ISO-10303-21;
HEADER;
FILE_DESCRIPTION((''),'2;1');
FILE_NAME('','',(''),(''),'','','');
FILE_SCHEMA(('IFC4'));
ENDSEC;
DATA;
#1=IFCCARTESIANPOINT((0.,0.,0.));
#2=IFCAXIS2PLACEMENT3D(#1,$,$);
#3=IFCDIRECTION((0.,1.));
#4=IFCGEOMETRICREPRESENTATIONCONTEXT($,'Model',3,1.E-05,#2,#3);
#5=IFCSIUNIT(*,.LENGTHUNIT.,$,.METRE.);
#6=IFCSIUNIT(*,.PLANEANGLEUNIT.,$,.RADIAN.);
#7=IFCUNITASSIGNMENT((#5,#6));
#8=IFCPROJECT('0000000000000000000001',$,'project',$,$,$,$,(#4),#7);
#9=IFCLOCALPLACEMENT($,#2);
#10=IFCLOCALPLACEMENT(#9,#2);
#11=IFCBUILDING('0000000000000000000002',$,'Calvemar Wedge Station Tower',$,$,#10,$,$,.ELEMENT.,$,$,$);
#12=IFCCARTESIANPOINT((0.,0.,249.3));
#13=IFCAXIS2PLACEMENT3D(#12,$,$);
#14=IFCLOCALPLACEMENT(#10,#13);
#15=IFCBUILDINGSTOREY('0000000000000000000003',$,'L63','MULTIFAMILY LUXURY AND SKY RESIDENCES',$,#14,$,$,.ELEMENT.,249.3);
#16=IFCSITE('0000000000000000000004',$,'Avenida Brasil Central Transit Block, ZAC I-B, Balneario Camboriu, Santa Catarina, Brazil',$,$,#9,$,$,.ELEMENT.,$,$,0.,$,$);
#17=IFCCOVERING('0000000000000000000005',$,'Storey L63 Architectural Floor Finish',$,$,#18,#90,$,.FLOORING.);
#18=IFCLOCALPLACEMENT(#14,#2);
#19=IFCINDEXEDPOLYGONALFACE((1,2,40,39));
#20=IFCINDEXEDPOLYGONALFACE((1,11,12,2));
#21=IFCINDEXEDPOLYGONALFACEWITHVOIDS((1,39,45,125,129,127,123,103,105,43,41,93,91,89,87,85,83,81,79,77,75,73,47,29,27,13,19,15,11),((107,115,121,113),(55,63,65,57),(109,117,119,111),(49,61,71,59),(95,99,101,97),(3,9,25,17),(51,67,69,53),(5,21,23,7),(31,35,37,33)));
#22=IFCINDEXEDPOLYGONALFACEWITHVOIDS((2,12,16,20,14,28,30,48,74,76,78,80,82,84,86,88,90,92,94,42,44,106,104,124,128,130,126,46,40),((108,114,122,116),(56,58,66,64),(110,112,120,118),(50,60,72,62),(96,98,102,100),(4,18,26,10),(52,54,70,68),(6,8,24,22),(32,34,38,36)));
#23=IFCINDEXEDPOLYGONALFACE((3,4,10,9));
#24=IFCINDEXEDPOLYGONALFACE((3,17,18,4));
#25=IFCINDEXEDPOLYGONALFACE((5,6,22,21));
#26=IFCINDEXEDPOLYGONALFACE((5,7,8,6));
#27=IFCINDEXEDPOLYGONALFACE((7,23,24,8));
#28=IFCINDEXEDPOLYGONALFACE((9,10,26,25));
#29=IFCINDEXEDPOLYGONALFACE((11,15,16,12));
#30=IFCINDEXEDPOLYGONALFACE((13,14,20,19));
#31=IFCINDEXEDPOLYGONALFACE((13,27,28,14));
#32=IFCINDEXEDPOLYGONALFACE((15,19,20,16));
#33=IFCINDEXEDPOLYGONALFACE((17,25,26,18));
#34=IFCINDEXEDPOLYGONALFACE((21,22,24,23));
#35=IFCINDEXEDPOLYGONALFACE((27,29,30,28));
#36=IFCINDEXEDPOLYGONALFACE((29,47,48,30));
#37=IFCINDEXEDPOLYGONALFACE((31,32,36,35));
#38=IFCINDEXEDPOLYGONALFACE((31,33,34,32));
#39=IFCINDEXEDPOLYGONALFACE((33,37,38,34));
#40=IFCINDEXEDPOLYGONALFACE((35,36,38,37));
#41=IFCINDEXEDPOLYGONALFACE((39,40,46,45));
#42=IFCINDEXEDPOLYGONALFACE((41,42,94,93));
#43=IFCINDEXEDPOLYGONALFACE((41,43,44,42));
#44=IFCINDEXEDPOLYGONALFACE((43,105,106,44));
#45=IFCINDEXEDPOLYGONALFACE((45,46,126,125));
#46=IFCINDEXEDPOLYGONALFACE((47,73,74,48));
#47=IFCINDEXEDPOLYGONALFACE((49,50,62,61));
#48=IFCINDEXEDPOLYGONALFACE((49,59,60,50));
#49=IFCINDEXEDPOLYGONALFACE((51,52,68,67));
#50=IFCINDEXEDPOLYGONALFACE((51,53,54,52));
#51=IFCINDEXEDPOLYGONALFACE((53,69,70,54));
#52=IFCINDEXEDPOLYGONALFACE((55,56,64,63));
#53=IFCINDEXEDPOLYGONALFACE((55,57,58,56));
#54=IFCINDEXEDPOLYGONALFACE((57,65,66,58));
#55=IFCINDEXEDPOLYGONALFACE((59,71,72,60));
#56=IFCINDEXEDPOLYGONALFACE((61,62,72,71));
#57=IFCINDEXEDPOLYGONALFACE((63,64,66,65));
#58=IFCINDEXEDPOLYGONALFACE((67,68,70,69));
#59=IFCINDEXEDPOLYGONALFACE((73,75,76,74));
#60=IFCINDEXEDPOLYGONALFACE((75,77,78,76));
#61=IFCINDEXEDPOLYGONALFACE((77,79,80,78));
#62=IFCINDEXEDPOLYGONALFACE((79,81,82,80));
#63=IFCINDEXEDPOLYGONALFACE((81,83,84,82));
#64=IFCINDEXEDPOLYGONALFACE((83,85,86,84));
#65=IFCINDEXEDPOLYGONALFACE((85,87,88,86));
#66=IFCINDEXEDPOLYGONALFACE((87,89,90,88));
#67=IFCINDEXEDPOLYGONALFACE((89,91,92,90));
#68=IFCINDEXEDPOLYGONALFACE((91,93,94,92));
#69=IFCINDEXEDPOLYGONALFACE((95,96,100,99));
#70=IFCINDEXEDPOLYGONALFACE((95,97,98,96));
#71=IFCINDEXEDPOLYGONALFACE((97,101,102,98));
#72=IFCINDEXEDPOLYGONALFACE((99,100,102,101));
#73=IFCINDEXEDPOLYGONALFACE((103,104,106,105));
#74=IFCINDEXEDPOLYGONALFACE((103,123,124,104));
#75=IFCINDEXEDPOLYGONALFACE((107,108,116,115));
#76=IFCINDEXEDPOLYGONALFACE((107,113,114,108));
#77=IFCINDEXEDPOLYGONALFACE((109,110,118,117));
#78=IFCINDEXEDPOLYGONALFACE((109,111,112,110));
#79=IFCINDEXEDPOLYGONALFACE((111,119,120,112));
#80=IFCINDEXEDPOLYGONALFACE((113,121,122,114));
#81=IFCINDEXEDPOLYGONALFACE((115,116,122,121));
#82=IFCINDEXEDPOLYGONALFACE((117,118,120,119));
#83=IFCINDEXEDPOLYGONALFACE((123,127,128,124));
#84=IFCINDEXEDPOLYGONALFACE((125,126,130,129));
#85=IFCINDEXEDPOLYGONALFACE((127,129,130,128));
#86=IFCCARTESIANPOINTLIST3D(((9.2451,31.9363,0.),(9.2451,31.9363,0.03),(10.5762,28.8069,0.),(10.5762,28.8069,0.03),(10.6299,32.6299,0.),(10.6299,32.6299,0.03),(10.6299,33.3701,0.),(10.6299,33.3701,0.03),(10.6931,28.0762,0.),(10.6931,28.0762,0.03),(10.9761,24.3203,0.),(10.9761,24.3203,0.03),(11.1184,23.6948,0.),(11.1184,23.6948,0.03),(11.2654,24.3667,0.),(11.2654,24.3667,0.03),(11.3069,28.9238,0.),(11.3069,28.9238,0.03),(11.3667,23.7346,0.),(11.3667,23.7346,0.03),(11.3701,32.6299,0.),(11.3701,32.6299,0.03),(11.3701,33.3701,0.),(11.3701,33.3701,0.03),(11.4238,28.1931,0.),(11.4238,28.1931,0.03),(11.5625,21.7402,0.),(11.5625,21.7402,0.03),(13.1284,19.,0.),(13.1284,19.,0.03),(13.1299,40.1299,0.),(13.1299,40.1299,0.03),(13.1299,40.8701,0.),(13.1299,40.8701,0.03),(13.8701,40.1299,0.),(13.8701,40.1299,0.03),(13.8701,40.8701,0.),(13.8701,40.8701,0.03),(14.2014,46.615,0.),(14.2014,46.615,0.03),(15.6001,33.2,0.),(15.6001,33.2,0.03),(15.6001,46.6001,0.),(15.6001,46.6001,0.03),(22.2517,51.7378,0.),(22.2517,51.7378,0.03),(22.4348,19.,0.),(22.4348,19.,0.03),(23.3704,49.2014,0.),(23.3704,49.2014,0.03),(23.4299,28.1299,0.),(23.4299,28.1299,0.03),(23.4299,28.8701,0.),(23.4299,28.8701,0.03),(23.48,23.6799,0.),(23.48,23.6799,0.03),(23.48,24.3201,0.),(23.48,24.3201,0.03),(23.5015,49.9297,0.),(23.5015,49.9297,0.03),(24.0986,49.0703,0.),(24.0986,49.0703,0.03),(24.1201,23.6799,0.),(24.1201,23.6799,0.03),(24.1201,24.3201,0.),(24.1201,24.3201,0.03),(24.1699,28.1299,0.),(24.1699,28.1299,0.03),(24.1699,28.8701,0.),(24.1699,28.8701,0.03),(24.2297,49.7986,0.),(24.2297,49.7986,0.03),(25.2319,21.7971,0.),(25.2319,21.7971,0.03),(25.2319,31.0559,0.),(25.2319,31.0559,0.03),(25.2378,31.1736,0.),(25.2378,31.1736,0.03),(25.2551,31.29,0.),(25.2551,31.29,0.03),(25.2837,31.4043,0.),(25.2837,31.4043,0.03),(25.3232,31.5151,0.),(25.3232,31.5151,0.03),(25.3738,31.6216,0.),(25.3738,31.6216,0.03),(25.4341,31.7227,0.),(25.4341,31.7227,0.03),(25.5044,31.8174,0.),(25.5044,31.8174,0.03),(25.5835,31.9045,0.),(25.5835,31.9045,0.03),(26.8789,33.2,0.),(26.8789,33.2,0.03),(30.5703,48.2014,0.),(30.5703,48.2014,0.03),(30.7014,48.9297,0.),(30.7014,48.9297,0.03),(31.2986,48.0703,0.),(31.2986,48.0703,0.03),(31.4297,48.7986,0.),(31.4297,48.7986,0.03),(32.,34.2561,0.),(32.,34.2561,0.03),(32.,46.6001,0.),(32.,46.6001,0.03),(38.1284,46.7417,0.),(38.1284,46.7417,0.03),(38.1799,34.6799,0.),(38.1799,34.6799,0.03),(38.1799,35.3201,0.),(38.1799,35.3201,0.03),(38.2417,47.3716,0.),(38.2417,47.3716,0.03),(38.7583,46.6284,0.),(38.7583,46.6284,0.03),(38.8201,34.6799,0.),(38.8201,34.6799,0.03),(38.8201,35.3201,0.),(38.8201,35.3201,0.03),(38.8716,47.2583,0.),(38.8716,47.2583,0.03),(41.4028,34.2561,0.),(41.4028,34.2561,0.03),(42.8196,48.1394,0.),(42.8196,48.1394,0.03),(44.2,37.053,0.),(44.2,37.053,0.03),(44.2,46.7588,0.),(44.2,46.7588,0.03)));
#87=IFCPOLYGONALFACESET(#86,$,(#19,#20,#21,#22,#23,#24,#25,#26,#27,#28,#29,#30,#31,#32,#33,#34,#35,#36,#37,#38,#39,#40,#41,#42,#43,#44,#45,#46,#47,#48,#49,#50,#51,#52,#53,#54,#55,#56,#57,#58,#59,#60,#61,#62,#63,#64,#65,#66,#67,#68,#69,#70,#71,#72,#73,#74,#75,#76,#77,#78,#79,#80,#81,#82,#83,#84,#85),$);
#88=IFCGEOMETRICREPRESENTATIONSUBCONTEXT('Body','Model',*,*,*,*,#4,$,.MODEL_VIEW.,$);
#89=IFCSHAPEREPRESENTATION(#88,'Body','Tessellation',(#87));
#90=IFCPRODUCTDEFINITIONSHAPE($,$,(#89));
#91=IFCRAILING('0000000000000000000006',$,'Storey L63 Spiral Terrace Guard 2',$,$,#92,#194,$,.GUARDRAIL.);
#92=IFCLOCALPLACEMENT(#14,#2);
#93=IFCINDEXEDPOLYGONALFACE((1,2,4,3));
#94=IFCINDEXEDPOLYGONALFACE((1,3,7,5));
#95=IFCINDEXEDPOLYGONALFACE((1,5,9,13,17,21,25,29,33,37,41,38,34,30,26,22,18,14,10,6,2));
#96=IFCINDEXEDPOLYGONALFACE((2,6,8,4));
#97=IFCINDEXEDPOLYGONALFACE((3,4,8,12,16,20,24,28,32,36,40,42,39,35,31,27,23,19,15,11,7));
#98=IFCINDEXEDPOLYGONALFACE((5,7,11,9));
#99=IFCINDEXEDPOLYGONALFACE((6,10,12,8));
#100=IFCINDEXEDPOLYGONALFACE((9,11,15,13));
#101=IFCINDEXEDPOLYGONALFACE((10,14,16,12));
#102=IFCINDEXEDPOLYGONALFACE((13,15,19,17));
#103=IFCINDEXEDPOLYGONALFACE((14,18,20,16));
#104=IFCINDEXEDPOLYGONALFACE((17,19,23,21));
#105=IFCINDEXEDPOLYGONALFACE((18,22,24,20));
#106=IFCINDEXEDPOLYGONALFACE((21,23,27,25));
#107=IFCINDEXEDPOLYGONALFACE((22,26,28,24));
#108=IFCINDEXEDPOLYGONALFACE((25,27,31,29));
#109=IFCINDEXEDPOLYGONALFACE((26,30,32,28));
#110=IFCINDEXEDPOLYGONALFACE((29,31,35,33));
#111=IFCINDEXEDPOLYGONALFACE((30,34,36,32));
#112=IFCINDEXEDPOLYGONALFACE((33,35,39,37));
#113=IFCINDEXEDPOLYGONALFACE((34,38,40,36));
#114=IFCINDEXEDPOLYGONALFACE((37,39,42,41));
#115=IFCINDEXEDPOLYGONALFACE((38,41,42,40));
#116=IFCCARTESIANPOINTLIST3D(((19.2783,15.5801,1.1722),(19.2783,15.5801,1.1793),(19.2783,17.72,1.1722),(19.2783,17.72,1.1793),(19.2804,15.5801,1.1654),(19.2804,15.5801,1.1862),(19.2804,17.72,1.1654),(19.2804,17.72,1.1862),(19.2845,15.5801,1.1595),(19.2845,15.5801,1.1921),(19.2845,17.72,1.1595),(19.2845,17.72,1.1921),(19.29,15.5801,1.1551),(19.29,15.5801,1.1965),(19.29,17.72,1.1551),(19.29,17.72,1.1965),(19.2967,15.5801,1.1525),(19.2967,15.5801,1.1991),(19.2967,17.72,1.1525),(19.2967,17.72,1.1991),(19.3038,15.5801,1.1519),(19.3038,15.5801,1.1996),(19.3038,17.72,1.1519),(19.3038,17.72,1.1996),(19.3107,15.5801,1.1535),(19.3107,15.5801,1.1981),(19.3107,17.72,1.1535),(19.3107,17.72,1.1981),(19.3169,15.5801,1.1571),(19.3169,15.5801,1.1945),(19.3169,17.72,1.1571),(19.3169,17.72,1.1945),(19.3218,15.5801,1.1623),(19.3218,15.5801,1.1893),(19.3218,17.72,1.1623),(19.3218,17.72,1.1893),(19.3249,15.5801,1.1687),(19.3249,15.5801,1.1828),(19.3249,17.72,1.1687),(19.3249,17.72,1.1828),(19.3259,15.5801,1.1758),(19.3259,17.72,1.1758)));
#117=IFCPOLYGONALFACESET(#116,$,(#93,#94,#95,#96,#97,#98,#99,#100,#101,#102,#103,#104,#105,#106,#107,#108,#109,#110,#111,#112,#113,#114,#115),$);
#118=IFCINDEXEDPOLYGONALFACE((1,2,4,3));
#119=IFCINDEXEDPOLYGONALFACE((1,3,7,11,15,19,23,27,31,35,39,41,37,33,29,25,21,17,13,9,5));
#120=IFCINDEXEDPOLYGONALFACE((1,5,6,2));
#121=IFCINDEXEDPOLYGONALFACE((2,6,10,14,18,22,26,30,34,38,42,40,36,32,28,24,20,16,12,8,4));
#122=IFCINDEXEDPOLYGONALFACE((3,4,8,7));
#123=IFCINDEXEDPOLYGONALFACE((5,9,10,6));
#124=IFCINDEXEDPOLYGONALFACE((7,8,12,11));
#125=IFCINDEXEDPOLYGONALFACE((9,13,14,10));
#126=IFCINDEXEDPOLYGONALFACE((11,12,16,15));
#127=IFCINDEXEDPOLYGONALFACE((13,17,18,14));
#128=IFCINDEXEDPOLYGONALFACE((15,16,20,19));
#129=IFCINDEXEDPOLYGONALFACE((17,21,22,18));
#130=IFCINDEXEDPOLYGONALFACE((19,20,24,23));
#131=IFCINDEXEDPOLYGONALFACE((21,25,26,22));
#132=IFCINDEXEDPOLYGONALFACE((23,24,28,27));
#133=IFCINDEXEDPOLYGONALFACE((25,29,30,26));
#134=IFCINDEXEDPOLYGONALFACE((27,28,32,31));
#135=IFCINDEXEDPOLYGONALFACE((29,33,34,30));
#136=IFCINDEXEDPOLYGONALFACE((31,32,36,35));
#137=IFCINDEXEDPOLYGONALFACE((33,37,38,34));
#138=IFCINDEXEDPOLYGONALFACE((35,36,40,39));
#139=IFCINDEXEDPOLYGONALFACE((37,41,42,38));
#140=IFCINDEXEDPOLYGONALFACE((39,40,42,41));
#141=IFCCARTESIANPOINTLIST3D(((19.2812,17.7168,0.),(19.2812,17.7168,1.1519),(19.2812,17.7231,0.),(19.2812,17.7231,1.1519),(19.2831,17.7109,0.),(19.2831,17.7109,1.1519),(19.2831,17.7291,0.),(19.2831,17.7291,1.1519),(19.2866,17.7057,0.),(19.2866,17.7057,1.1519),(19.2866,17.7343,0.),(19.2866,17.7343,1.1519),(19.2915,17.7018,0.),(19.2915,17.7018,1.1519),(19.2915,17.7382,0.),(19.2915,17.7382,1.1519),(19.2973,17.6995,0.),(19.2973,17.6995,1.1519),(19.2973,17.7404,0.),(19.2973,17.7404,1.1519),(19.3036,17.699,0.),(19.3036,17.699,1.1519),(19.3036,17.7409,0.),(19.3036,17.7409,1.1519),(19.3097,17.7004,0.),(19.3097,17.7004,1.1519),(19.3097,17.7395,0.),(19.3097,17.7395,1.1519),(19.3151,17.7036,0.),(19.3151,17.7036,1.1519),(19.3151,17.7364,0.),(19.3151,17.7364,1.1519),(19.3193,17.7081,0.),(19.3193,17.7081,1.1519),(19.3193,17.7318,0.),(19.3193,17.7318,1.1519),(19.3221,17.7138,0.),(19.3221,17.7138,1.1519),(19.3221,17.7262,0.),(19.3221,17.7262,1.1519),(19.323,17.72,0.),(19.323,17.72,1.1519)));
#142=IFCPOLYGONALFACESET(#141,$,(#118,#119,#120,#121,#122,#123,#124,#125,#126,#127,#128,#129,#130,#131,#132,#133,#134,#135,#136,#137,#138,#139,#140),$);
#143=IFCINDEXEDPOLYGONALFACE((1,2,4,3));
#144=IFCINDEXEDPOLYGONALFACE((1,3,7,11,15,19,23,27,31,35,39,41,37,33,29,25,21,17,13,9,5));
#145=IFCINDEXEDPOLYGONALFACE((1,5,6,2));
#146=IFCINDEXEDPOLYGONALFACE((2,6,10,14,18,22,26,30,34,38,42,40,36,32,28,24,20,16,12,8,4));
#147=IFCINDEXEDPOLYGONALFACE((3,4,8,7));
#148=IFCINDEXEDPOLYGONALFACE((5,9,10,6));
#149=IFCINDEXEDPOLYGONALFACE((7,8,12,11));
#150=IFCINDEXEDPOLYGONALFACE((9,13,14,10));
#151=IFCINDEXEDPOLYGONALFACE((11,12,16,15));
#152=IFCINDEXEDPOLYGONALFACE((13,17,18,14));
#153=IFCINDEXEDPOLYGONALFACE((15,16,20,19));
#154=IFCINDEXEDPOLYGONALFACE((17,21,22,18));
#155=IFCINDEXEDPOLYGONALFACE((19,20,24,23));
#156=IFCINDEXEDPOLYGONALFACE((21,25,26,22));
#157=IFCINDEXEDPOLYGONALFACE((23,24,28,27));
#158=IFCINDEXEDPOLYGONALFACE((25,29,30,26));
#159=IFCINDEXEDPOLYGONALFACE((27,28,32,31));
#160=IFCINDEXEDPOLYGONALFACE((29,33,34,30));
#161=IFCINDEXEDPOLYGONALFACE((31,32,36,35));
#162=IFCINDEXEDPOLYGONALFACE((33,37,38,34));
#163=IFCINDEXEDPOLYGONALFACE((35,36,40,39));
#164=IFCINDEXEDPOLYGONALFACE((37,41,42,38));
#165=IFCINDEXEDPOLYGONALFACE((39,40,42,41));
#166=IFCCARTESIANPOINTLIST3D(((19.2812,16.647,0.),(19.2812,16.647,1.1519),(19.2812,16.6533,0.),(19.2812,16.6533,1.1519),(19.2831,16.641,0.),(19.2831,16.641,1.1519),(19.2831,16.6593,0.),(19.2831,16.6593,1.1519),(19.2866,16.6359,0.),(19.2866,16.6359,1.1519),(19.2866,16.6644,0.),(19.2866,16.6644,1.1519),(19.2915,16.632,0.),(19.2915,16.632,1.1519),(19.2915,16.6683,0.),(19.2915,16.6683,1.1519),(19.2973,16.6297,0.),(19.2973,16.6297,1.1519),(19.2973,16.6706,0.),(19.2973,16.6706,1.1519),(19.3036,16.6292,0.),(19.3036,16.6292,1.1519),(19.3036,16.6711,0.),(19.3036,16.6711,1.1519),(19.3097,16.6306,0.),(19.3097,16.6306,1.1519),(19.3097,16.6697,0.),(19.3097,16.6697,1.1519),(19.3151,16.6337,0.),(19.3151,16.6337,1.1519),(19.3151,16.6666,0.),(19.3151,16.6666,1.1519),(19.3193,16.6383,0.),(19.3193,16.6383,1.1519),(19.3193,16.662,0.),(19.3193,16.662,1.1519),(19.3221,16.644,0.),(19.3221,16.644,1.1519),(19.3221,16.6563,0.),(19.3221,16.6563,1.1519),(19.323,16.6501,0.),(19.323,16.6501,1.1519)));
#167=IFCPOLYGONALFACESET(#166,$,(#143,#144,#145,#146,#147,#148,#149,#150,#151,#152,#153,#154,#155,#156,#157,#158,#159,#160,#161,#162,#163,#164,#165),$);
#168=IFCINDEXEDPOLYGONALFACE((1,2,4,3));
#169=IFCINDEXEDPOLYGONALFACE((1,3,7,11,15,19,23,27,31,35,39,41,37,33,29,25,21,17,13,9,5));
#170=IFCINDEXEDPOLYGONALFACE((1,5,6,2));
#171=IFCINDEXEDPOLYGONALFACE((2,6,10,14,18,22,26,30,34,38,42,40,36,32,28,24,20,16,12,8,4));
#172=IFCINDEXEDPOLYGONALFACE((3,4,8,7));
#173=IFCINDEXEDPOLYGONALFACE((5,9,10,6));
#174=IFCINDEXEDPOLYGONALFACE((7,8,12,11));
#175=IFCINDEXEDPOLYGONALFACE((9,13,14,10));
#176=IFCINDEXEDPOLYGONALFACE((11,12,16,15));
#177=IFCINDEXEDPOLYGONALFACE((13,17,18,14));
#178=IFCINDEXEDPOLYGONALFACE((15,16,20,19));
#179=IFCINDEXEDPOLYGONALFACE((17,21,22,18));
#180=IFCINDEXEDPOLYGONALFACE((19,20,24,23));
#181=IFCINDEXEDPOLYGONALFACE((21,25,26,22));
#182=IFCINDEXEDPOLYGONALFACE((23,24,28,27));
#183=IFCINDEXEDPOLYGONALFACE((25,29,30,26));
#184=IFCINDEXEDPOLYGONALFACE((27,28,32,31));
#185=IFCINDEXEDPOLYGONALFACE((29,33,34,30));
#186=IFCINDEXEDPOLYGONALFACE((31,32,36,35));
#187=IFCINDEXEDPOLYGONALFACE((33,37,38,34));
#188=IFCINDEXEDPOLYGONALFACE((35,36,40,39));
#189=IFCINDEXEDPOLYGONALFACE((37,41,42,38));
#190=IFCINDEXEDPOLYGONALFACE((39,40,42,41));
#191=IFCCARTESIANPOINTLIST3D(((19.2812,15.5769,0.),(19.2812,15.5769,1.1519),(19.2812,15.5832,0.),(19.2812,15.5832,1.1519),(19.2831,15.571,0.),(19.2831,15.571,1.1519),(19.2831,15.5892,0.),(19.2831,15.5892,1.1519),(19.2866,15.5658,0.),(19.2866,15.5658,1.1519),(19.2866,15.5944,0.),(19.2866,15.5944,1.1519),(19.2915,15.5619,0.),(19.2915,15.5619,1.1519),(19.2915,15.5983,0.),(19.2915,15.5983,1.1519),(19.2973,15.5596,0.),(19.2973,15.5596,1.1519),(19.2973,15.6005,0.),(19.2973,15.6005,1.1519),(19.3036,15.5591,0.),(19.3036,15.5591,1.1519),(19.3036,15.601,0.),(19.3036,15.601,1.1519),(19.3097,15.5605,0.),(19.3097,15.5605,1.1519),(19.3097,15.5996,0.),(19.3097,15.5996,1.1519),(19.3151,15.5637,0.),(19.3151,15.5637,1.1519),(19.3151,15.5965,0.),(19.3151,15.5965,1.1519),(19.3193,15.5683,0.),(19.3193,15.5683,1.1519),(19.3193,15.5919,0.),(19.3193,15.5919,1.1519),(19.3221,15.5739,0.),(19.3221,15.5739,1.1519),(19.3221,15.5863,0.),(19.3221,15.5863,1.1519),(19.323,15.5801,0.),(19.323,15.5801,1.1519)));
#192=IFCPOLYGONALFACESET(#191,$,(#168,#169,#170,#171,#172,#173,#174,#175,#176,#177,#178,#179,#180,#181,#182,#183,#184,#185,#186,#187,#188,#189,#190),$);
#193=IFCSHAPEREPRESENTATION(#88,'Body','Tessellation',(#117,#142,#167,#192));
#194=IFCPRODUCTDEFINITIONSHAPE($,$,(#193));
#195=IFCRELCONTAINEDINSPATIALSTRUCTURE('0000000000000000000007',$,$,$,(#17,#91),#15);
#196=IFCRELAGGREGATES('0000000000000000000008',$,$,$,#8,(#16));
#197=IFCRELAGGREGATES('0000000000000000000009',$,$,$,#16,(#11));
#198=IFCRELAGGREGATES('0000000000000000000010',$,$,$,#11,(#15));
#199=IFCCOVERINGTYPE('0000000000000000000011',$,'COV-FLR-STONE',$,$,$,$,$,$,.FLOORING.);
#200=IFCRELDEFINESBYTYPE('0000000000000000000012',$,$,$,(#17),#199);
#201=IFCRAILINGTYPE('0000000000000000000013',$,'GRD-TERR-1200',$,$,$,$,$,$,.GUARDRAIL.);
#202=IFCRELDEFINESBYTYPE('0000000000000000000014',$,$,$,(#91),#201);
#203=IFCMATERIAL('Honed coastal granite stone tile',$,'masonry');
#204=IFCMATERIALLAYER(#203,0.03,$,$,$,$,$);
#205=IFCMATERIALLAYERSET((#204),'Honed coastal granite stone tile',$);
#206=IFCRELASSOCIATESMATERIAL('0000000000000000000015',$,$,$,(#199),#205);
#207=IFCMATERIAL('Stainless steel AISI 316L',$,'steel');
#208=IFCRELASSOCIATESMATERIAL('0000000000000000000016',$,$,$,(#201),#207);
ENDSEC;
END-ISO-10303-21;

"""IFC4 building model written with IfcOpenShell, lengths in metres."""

from ifc_helpers import new_model, si_unit, direction, frame, origin, origin_2d, place, context, subcontext, project, spatial, polyline, circle, outline, extrude, material, layer, layer_set, type_object, element, save


model = new_model("IFC4")

# Units and contexts
model_context = context("Model", 3, precision=1e-05, world=origin(), true_north=direction((0.0, 1.0)))
body_context = subcontext(model_context, "Body", "Model", "MODEL_VIEW")
ifc_project = project(units=[si_unit("LENGTHUNIT", "METRE"), si_unit("PLANEANGLEUNIT", "RADIAN")], contexts=[model_context])

# Site, building, storey
site_placement = place(None, origin())
site = spatial("IfcSite", under=ifc_project, at=site_placement, Name="Avenida Brasil Central Transit Block, ZAC I-B, Balneario Camboriu, Santa Catarina, Brazil", CompositionType="ELEMENT", RefElevation=0.0)
building_placement = place(site_placement, origin())
building = spatial("IfcBuilding", under=site, at=building_placement, Name="Calvemar Wedge Station Tower", CompositionType="ELEMENT")
storey_placement = place(building_placement, frame((0.0, 0.0, 249.3)))
storey = spatial("IfcBuildingStorey", under=building, at=storey_placement, Name="L63", Description="MULTIFAMILY LUXURY AND SKY RESIDENCES", CompositionType="ELEMENT", Elevation=249.3)

# Covering
ifc_material_1 = material(Name="Honed coastal granite stone tile", Category="masonry")
ifc_layer_1 = layer(ifc_material_1, 0.03)
ifc_layer_set_1 = layer_set([ifc_layer_1], Name="Honed coastal granite stone tile")
covering_type_1 = type_object("IfcCoveringType", Name="COV-FLR-STONE", PredefinedType="FLOORING", material=ifc_layer_set_1)
covering_1_placement = place(storey_placement, origin())
element("IfcCovering", 1, at=covering_1_placement, inside=storey, type_object=covering_type_1, Name="Storey L63 Architectural Floor Finish", PredefinedType="FLOORING", context=body_context, shape_type="SweptSolid", body=[
    extrude(outline(polyline([(15.6001, 33.2), (15.6001, 46.6001), (32.0, 46.6001), (32.0, 34.2561), (41.4028, 34.2561), (44.2, 37.053), (44.2, 46.7588), (42.8196, 48.1394), (22.2517, 51.7378), (14.2014, 46.615), (9.2451, 31.9363), (10.9761, 24.3203), (11.2654, 24.3667), (11.3667, 23.7346), (11.1184, 23.6948), (11.5625, 21.7402), (13.1284, 19.0), (22.4348, 19.0), (25.2319, 21.7971), (25.2319, 31.0559), (25.2378, 31.1736), (25.2551, 31.29), (25.2837, 31.4043), (25.3232, 31.5151), (25.3738, 31.6216), (25.4341, 31.7227), (25.5044, 31.8174), (25.5835, 31.9045), (26.8789, 33.2), (15.6001, 33.2)]), holes=[polyline([(11.3701, 33.3701), (11.3701, 32.6299), (10.6299, 32.6299), (10.6299, 33.3701), (11.3701, 33.3701)]), polyline([(13.8701, 40.1299), (13.1299, 40.1299), (13.1299, 40.8701), (13.8701, 40.8701), (13.8701, 40.1299)]), polyline([(23.3704, 49.2014), (23.5015, 49.9297), (24.2297, 49.7986), (24.0986, 49.0703), (23.3704, 49.2014)]), polyline([(30.7014, 48.9297), (31.4297, 48.7986), (31.2986, 48.0703), (30.5703, 48.2014), (30.7014, 48.9297)]), polyline([(38.8716, 47.2583), (38.7583, 46.6284), (38.1284, 46.7417), (38.2417, 47.3716), (38.8716, 47.2583)]), polyline([(38.8201, 34.6799), (38.1799, 34.6799), (38.1799, 35.3201), (38.8201, 35.3201), (38.8201, 34.6799)]), polyline([(10.5762, 28.8069), (11.3069, 28.9238), (11.4238, 28.1931), (10.6931, 28.0762), (10.5762, 28.8069)]), polyline([(24.1699, 28.8701), (24.1699, 28.1299), (23.4299, 28.1299), (23.4299, 28.8701), (24.1699, 28.8701)]), polyline([(24.1201, 23.6799), (23.48, 23.6799), (23.48, 24.3201), (24.1201, 24.3201), (24.1201, 23.6799)])]), origin(), (0.0, 0.0, 1.0), 0.03),
])

# Railing
ifc_material_2 = material(Name="Stainless steel AISI 316L", Category="steel")
railing_type = type_object("IfcRailingType", Name="GRD-TERR-1200", PredefinedType="GUARDRAIL", material=ifc_material_2)
railing_1_placement = place(storey_placement, frame((19.302, 17.72, 0.0)))
element("IfcRailing", 2, at=railing_1_placement, inside=storey, type_object=railing_type, Name="Storey L63 Spiral Terrace Guard 2", PredefinedType="GUARDRAIL", context=body_context, shape_type="SweptSolid", body=[
    extrude(circle(Radius=0.0239, at=origin_2d()), frame((0.0, 0.0, 1.1758), z_axis=(0.0, -1.0, 0.0), x_axis=(1.0, 0.0, 0.0)), (0.0, 0.0, 1.0), 2.1399),
    extrude(circle(Radius=0.021, at=origin_2d()), origin(), (0.0, 0.0, 1.0), 1.1519),
    extrude(circle(Radius=0.021, at=origin_2d()), frame((0.0, -1.0698, 0.0)), (0.0, 0.0, 1.0), 1.1519),
    extrude(circle(Radius=0.021, at=origin_2d()), frame((0.0, -2.1399, 0.0)), (0.0, 0.0, 1.0), 1.1519),
])

save(model, "model.ifc")
